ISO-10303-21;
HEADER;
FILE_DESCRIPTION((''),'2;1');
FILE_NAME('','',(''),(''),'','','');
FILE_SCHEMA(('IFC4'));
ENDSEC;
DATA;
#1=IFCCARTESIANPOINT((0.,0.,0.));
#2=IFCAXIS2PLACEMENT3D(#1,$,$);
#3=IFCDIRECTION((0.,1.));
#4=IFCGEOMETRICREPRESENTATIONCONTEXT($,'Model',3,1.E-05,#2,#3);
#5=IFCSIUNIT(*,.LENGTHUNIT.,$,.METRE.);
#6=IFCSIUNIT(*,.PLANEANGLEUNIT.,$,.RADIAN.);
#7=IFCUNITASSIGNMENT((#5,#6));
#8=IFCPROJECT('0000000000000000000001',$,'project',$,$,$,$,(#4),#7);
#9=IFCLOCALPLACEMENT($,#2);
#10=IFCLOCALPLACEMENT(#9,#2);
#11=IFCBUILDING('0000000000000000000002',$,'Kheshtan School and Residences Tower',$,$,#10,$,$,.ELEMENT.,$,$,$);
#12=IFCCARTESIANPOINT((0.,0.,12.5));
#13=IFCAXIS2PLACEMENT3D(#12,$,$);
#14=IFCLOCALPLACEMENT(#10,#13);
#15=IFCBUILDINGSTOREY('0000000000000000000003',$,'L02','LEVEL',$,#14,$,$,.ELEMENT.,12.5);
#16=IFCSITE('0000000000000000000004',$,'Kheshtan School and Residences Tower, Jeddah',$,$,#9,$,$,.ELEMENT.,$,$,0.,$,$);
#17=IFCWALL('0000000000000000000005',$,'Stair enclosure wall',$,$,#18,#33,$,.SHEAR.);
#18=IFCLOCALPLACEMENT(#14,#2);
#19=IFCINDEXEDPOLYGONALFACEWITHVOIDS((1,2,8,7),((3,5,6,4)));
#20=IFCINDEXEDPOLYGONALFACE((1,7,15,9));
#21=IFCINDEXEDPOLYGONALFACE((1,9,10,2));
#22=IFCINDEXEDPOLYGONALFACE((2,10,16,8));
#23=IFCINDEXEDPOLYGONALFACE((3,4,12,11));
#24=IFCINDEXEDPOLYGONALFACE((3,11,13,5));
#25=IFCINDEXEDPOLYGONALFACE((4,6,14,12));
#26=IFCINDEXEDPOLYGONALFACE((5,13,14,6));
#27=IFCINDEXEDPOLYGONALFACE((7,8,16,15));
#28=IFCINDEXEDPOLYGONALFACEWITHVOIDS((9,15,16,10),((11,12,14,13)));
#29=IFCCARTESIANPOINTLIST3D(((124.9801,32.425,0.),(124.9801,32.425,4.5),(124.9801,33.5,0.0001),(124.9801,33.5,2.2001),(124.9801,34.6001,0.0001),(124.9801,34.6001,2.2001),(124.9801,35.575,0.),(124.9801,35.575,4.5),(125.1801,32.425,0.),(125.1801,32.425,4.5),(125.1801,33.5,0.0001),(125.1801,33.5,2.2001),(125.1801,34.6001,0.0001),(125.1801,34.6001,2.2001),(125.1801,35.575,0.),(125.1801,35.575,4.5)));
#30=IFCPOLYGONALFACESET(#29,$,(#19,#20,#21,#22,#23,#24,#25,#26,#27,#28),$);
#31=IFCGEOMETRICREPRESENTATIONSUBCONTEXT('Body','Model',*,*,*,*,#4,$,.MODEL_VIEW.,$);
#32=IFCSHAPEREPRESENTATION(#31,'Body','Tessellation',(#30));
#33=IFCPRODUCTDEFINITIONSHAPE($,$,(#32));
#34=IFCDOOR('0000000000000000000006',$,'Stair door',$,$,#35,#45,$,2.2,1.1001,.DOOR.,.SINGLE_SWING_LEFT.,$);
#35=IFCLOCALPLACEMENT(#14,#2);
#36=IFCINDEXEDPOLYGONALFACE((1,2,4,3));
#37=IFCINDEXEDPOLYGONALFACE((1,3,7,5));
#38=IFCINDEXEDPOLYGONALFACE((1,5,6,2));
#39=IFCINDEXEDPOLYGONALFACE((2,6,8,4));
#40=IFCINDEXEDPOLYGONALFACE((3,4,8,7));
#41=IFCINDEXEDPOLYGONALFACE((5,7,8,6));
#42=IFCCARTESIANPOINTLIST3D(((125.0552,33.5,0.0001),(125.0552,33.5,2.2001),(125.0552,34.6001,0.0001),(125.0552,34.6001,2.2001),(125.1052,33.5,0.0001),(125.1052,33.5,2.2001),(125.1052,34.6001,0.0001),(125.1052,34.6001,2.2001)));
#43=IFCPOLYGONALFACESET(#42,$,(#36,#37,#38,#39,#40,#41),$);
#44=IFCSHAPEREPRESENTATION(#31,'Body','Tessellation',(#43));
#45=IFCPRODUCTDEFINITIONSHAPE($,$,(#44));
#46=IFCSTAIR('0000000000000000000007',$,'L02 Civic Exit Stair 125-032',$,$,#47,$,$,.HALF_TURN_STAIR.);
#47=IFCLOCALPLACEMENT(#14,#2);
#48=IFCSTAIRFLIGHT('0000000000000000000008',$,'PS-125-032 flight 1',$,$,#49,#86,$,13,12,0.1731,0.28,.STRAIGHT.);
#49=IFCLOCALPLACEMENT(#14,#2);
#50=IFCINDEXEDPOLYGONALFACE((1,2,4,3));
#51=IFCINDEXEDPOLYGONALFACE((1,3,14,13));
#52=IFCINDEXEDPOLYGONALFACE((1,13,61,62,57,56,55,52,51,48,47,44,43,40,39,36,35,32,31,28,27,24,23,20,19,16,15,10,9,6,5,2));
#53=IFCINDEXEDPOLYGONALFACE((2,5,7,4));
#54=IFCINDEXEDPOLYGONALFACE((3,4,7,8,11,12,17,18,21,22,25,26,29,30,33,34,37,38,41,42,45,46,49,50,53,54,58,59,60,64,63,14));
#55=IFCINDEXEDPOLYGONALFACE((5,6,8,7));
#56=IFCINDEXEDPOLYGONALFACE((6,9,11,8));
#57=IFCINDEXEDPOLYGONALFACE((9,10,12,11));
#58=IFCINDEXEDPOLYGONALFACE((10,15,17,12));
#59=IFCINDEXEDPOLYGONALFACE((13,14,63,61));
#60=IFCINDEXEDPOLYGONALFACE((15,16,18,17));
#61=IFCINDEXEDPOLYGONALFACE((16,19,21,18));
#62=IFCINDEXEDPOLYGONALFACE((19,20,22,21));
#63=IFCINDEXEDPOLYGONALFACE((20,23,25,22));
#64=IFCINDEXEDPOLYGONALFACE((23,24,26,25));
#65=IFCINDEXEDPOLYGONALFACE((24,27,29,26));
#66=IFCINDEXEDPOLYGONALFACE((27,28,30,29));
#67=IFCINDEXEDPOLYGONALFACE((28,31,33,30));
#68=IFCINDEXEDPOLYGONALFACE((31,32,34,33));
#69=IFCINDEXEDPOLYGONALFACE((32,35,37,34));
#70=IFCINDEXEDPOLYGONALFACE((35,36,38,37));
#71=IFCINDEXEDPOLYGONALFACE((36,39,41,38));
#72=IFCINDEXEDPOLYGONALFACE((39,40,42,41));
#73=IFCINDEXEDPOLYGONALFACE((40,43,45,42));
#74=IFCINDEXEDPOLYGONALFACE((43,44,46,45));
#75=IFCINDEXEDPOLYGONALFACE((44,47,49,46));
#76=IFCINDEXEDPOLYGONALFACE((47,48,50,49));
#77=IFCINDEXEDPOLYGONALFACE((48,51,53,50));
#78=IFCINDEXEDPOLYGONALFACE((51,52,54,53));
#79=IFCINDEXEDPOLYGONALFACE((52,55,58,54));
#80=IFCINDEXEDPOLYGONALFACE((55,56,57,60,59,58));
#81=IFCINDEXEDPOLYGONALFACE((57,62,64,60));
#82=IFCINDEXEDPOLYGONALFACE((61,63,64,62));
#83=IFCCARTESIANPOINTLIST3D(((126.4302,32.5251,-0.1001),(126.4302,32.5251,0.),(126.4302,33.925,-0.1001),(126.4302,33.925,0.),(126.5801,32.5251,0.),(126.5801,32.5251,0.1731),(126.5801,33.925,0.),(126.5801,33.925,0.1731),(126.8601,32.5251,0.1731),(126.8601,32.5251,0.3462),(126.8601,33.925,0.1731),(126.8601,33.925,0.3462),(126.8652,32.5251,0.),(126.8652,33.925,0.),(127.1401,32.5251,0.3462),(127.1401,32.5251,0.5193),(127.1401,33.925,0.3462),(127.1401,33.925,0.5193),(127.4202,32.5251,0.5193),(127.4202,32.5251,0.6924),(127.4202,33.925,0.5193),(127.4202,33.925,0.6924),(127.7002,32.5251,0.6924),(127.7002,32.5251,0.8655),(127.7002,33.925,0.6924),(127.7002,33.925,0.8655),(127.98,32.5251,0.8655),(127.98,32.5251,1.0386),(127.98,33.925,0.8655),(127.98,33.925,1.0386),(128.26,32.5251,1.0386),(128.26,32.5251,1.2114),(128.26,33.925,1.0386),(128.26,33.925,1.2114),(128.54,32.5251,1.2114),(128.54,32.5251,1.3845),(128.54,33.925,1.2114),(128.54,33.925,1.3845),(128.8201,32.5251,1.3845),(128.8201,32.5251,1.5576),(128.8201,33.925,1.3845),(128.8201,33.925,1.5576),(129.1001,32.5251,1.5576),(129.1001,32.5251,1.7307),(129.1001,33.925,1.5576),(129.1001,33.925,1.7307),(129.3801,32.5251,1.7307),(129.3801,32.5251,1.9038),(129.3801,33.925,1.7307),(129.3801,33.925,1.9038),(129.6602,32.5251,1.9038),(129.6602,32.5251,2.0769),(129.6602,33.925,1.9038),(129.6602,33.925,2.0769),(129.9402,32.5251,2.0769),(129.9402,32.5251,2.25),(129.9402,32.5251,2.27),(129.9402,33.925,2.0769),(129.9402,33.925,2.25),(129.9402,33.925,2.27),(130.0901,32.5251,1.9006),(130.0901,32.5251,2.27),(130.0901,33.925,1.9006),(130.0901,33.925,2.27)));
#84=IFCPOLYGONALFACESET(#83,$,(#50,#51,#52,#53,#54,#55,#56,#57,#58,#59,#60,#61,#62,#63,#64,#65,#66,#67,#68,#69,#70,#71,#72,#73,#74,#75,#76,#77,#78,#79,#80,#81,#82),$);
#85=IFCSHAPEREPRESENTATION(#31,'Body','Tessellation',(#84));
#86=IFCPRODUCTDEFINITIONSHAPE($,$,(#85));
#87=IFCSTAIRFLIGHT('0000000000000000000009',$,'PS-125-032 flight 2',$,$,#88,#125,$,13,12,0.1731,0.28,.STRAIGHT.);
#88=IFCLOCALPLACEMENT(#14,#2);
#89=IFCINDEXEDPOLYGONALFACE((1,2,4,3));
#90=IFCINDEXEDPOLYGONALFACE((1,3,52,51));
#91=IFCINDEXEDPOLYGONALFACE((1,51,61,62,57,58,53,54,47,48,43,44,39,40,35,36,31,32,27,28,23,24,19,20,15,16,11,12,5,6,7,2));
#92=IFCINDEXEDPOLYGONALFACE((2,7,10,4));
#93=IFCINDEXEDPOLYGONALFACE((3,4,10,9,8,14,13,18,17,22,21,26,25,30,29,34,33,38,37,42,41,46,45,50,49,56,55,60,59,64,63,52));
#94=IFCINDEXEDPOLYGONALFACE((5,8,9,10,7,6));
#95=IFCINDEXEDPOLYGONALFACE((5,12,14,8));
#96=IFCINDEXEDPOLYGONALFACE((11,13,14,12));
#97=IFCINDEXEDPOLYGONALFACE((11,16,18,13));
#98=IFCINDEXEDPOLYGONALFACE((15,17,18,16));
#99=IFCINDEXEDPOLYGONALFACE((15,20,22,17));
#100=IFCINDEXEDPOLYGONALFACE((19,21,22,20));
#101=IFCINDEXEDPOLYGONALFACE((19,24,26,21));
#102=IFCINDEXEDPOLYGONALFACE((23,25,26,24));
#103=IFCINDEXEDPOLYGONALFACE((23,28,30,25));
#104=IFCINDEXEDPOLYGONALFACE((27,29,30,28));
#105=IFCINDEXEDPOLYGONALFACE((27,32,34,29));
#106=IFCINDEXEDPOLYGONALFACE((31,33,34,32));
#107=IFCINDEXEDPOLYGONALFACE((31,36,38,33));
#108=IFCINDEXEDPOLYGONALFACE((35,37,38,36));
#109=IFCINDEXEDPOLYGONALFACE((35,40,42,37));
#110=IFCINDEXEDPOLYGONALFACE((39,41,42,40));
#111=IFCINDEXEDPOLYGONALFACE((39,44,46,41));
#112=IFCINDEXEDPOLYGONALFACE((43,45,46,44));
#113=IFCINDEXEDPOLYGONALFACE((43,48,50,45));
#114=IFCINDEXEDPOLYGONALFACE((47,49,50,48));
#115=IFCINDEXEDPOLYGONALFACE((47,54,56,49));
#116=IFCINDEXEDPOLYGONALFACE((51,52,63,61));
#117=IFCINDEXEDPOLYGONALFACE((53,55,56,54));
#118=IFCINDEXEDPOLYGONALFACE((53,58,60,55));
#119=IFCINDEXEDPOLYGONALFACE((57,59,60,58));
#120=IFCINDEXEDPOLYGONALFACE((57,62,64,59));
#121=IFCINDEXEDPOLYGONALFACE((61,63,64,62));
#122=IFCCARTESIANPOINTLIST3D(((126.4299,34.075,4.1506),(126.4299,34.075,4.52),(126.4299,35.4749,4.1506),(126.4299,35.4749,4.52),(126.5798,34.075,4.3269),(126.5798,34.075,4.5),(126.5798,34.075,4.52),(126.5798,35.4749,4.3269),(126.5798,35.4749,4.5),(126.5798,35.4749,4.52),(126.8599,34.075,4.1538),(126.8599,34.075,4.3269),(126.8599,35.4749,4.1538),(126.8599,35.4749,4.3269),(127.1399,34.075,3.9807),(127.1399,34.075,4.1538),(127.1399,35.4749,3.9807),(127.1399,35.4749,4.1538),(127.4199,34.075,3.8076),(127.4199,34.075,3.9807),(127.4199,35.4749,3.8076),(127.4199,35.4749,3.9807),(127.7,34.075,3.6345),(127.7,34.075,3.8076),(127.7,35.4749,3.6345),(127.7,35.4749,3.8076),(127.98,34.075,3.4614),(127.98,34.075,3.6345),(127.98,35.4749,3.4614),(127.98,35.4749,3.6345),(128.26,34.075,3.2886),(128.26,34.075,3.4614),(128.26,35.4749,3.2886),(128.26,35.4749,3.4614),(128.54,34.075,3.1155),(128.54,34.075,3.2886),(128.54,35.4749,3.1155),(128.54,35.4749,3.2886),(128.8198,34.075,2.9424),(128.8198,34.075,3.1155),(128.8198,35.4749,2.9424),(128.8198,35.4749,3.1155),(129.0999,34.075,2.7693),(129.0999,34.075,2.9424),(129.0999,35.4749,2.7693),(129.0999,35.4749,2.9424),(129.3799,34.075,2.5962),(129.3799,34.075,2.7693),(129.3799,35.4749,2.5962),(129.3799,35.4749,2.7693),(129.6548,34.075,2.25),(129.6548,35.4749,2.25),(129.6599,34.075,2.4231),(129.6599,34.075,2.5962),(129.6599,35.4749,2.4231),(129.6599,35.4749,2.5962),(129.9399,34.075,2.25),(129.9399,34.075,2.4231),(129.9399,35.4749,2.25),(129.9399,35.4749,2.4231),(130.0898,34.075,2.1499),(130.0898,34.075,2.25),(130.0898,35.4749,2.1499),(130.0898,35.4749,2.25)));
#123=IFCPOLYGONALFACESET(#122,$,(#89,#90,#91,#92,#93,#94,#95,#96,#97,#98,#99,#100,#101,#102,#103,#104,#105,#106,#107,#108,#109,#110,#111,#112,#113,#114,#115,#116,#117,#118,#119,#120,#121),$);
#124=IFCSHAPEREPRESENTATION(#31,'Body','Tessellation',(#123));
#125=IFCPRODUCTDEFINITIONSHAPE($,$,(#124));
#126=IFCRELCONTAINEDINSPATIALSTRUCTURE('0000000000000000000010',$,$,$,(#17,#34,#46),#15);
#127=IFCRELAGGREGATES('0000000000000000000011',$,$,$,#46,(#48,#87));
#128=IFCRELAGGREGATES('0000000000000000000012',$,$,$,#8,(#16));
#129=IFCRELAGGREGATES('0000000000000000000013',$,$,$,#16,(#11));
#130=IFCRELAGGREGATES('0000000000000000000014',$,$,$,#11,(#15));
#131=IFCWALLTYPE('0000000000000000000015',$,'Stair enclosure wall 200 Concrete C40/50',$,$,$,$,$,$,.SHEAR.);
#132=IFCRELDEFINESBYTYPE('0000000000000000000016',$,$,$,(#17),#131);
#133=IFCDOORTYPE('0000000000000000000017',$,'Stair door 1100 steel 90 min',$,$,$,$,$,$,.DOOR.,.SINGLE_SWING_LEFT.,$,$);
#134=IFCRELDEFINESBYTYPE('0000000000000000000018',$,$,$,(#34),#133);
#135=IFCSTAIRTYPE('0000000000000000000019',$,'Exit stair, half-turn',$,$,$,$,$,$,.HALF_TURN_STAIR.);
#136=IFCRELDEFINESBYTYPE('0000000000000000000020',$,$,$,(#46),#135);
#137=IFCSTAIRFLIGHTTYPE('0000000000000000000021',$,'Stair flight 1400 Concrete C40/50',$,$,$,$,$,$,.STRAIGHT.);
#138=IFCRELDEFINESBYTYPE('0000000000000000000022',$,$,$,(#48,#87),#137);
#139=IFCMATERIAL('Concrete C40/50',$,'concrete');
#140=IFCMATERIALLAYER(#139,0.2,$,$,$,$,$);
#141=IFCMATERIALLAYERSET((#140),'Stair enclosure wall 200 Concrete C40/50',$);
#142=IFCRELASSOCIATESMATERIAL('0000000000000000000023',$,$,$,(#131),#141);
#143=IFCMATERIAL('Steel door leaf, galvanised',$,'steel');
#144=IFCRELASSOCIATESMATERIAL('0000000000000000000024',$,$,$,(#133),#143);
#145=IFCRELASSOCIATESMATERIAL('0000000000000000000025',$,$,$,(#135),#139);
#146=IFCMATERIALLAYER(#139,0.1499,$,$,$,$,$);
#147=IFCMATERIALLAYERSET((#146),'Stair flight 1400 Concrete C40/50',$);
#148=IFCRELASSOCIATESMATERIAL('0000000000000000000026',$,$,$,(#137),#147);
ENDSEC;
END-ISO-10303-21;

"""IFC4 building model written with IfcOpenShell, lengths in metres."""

from ifc_helpers import new_model, si_unit, direction, frame, frame_2d, origin, place, context, subcontext, project, spatial, polyline, rectangle, outline, extrude, source, transform, mapped, material, layer, layer_set, type_object, element, fill, aggregate, save


model = new_model("IFC4")

# Units and contexts
model_context = context("Model", 3, precision=1e-05, world=origin(), true_north=direction((0.0, 1.0)))
body_context = subcontext(model_context, "Body", "Model", "MODEL_VIEW")
ifc_project = project(units=[si_unit("LENGTHUNIT", "METRE"), si_unit("PLANEANGLEUNIT", "RADIAN")], contexts=[model_context])

# Site, building, storey
site_placement = place(None, origin())
site = spatial("IfcSite", under=ifc_project, at=site_placement, Name="Kheshtan School and Residences Tower, Jeddah", CompositionType="ELEMENT", RefElevation=0.0)
building_placement = place(site_placement, origin())
building = spatial("IfcBuilding", under=site, at=building_placement, Name="Kheshtan School and Residences Tower", CompositionType="ELEMENT")
storey_placement = place(building_placement, frame((0.0, 0.0, 12.5)))
storey = spatial("IfcBuildingStorey", under=building, at=storey_placement, Name="L02", Description="LEVEL", CompositionType="ELEMENT", Elevation=12.5)

# Shared definitions
ifc_material_1 = material(Name="Concrete C40/50", Category="concrete")
ifc_layer_1 = layer(ifc_material_1, 0.2)
ifc_layer_set_1 = layer_set([ifc_layer_1], Name="Stair enclosure wall 200 Concrete C40/50")
wall_type_1 = type_object("IfcWallType", Name="Stair enclosure wall 200 Concrete C40/50", PredefinedType="SHEAR", material=ifc_layer_set_1)

# Wall, opening, door
wall_1_placement = place(storey_placement, frame((125.0801, 32.425, 0.0), z_axis=(0.0, 0.0, 1.0), x_axis=(0.0, 1.0, 0.0)))
wall_1 = element("IfcWall", 1, at=wall_1_placement, inside=storey, type_object=wall_type_1, Name="Stair enclosure wall", PredefinedType="SHEAR", context=body_context, shape_type="SweptSolid", body=[
    extrude(rectangle(XDim=3.1499, YDim=0.2, at=frame_2d((1.575, 0.0))), origin(), (0.0, 0.0, 1.0), 4.5),
])
opening_placement = place(wall_1_placement, frame((1.075, 0.0, 0.0)))
opening = element("IfcOpeningElement", 2, at=opening_placement, cuts=wall_1, PredefinedType="OPENING", context=body_context, shape_type="SweptSolid", body=[
    extrude(rectangle(XDim=1.1001, YDim=2.2, at=frame_2d((0.55, 1.1001))), frame((0.0, 0.1099, 0.0), z_axis=(0.0, -1.0, 0.0), x_axis=(1.0, 0.0, 0.0)), (0.0, 0.0, 1.0), 0.22),
])
ifc_material_2 = material(Name="Steel door leaf, galvanised", Category="steel")
door_type = type_object("IfcDoorType", Name="Stair door 1100 steel 90 min", OperationType="SINGLE_SWING_LEFT", PredefinedType="DOOR", material=ifc_material_2)
shared_shape = source(origin(), body_context, "Body", "SweptSolid", [
    extrude(rectangle(XDim=1.1001, YDim=2.2, at=frame_2d((0.55, 1.1001))), frame((0.0, 0.0249, 0.0), z_axis=(0.0, -1.0, 0.0), x_axis=(1.0, 0.0, 0.0)), (0.0, 0.0, 1.0), 0.05),
])
door_placement = place(opening_placement, origin())
door = element("IfcDoor", 3, at=door_placement, inside=storey, type_object=door_type, Name="Stair door", OperationType="SINGLE_SWING_LEFT", OverallHeight=2.2, OverallWidth=1.1001, PredefinedType="DOOR", context=body_context, shape_type="MappedRepresentation", body=[
    mapped(shared_shape, transform((0.0, 0.0, 0.0), x_axis=(1.0, 0.0, 0.0), y_axis=(0.0, 1.0, 0.0), z_axis=(0.0, 0.0, 1.0), scale=1.0)),
])
fill(opening, door)

# Stair, stair flights
stair_type = type_object("IfcStairType", Name="Exit stair, half-turn", PredefinedType="HALF_TURN_STAIR", material=ifc_material_1)
stair_placement = place(storey_placement, origin())
stair = element("IfcStair", 4, at=stair_placement, inside=storey, type_object=stair_type, Name="L02 Civic Exit Stair 125-032", PredefinedType="HALF_TURN_STAIR")
ifc_layer_2 = layer(ifc_material_1, 0.1499)
ifc_layer_set_2 = layer_set([ifc_layer_2], Name="Stair flight 1400 Concrete C40/50")
stair_flight_type = type_object("IfcStairFlightType", Name="Stair flight 1400 Concrete C40/50", PredefinedType="STRAIGHT", material=ifc_layer_set_2)
stair_flight_1_placement = place(storey_placement, frame((126.5801, 33.2251, 0.0), z_axis=(0.0, 0.0, 1.0), x_axis=(1.0, 0.0, 0.0)))
stair_flight_1 = element("IfcStairFlight", 5, at=stair_flight_1_placement, type_object=stair_flight_type, Name="PS-125-032 flight 1", NumberOfRisers=13, NumberOfTreads=12, PredefinedType="STRAIGHT", RiserHeight=0.1731, TreadLength=0.28, context=body_context, shape_type="SweptSolid", body=[
    extrude(outline(polyline([(-0.1499, -0.1001), (-0.1499, 0.0), (0.0, 0.0), (0.0, 0.1731), (0.28, 0.1731), (0.28, 0.3462), (0.5601, 0.3462), (0.5601, 0.5193), (0.8401, 0.5193), (0.8401, 0.6924), (1.1201, 0.6924), (1.1201, 0.8655), (1.3999, 0.8655), (1.3999, 1.0386), (1.6799, 1.0386), (1.6799, 1.2114), (1.96, 1.2114), (1.96, 1.3845), (2.24, 1.3845), (2.24, 1.5576), (2.52, 1.5576), (2.52, 1.7307), (2.8, 1.7307), (2.8, 1.9038), (3.0801, 1.9038), (3.0801, 2.0769), (3.3601, 2.0769), (3.3601, 2.25), (3.3601, 2.27), (3.51, 2.27), (3.51, 1.9006), (0.2852, 0.0), (-0.1499, -0.1001)])), frame((0.0, 0.7, 0.0), z_axis=(0.0, -1.0, 0.0), x_axis=(1.0, 0.0, 0.0)), (0.0, 0.0, 1.0), 1.3999),
])
stair_flight_2_placement = place(storey_placement, frame((129.9399, 34.7749, 2.25), z_axis=(0.0, 0.0, 1.0), x_axis=(-1.0, 0.0, 0.0)))
stair_flight_2 = element("IfcStairFlight", 6, at=stair_flight_2_placement, type_object=stair_flight_type, Name="PS-125-032 flight 2", NumberOfRisers=13, NumberOfTreads=12, PredefinedType="STRAIGHT", RiserHeight=0.1731, TreadLength=0.28, context=body_context, shape_type="SweptSolid", body=[
    extrude(outline(polyline([(-0.1499, -0.1001), (-0.1499, 0.0), (0.0, 0.0), (0.0, 0.1731), (0.28, 0.1731), (0.28, 0.3462), (0.5601, 0.3462), (0.5601, 0.5193), (0.8401, 0.5193), (0.8401, 0.6924), (1.1201, 0.6924), (1.1201, 0.8655), (1.3999, 0.8655), (1.3999, 1.0386), (1.6799, 1.0386), (1.6799, 1.2114), (1.96, 1.2114), (1.96, 1.3845), (2.24, 1.3845), (2.24, 1.5576), (2.52, 1.5576), (2.52, 1.7307), (2.8, 1.7307), (2.8, 1.9038), (3.0801, 1.9038), (3.0801, 2.0769), (3.3601, 2.0769), (3.3601, 2.25), (3.3601, 2.27), (3.51, 2.27), (3.51, 1.9006), (0.2852, 0.0), (-0.1499, -0.1001)])), frame((0.0, 0.7, 0.0), z_axis=(0.0, -1.0, 0.0), x_axis=(1.0, 0.0, 0.0)), (0.0, 0.0, 1.0), 1.3999),
])
aggregate(stair, [stair_flight_1, stair_flight_2])

save(model, "model.ifc")
